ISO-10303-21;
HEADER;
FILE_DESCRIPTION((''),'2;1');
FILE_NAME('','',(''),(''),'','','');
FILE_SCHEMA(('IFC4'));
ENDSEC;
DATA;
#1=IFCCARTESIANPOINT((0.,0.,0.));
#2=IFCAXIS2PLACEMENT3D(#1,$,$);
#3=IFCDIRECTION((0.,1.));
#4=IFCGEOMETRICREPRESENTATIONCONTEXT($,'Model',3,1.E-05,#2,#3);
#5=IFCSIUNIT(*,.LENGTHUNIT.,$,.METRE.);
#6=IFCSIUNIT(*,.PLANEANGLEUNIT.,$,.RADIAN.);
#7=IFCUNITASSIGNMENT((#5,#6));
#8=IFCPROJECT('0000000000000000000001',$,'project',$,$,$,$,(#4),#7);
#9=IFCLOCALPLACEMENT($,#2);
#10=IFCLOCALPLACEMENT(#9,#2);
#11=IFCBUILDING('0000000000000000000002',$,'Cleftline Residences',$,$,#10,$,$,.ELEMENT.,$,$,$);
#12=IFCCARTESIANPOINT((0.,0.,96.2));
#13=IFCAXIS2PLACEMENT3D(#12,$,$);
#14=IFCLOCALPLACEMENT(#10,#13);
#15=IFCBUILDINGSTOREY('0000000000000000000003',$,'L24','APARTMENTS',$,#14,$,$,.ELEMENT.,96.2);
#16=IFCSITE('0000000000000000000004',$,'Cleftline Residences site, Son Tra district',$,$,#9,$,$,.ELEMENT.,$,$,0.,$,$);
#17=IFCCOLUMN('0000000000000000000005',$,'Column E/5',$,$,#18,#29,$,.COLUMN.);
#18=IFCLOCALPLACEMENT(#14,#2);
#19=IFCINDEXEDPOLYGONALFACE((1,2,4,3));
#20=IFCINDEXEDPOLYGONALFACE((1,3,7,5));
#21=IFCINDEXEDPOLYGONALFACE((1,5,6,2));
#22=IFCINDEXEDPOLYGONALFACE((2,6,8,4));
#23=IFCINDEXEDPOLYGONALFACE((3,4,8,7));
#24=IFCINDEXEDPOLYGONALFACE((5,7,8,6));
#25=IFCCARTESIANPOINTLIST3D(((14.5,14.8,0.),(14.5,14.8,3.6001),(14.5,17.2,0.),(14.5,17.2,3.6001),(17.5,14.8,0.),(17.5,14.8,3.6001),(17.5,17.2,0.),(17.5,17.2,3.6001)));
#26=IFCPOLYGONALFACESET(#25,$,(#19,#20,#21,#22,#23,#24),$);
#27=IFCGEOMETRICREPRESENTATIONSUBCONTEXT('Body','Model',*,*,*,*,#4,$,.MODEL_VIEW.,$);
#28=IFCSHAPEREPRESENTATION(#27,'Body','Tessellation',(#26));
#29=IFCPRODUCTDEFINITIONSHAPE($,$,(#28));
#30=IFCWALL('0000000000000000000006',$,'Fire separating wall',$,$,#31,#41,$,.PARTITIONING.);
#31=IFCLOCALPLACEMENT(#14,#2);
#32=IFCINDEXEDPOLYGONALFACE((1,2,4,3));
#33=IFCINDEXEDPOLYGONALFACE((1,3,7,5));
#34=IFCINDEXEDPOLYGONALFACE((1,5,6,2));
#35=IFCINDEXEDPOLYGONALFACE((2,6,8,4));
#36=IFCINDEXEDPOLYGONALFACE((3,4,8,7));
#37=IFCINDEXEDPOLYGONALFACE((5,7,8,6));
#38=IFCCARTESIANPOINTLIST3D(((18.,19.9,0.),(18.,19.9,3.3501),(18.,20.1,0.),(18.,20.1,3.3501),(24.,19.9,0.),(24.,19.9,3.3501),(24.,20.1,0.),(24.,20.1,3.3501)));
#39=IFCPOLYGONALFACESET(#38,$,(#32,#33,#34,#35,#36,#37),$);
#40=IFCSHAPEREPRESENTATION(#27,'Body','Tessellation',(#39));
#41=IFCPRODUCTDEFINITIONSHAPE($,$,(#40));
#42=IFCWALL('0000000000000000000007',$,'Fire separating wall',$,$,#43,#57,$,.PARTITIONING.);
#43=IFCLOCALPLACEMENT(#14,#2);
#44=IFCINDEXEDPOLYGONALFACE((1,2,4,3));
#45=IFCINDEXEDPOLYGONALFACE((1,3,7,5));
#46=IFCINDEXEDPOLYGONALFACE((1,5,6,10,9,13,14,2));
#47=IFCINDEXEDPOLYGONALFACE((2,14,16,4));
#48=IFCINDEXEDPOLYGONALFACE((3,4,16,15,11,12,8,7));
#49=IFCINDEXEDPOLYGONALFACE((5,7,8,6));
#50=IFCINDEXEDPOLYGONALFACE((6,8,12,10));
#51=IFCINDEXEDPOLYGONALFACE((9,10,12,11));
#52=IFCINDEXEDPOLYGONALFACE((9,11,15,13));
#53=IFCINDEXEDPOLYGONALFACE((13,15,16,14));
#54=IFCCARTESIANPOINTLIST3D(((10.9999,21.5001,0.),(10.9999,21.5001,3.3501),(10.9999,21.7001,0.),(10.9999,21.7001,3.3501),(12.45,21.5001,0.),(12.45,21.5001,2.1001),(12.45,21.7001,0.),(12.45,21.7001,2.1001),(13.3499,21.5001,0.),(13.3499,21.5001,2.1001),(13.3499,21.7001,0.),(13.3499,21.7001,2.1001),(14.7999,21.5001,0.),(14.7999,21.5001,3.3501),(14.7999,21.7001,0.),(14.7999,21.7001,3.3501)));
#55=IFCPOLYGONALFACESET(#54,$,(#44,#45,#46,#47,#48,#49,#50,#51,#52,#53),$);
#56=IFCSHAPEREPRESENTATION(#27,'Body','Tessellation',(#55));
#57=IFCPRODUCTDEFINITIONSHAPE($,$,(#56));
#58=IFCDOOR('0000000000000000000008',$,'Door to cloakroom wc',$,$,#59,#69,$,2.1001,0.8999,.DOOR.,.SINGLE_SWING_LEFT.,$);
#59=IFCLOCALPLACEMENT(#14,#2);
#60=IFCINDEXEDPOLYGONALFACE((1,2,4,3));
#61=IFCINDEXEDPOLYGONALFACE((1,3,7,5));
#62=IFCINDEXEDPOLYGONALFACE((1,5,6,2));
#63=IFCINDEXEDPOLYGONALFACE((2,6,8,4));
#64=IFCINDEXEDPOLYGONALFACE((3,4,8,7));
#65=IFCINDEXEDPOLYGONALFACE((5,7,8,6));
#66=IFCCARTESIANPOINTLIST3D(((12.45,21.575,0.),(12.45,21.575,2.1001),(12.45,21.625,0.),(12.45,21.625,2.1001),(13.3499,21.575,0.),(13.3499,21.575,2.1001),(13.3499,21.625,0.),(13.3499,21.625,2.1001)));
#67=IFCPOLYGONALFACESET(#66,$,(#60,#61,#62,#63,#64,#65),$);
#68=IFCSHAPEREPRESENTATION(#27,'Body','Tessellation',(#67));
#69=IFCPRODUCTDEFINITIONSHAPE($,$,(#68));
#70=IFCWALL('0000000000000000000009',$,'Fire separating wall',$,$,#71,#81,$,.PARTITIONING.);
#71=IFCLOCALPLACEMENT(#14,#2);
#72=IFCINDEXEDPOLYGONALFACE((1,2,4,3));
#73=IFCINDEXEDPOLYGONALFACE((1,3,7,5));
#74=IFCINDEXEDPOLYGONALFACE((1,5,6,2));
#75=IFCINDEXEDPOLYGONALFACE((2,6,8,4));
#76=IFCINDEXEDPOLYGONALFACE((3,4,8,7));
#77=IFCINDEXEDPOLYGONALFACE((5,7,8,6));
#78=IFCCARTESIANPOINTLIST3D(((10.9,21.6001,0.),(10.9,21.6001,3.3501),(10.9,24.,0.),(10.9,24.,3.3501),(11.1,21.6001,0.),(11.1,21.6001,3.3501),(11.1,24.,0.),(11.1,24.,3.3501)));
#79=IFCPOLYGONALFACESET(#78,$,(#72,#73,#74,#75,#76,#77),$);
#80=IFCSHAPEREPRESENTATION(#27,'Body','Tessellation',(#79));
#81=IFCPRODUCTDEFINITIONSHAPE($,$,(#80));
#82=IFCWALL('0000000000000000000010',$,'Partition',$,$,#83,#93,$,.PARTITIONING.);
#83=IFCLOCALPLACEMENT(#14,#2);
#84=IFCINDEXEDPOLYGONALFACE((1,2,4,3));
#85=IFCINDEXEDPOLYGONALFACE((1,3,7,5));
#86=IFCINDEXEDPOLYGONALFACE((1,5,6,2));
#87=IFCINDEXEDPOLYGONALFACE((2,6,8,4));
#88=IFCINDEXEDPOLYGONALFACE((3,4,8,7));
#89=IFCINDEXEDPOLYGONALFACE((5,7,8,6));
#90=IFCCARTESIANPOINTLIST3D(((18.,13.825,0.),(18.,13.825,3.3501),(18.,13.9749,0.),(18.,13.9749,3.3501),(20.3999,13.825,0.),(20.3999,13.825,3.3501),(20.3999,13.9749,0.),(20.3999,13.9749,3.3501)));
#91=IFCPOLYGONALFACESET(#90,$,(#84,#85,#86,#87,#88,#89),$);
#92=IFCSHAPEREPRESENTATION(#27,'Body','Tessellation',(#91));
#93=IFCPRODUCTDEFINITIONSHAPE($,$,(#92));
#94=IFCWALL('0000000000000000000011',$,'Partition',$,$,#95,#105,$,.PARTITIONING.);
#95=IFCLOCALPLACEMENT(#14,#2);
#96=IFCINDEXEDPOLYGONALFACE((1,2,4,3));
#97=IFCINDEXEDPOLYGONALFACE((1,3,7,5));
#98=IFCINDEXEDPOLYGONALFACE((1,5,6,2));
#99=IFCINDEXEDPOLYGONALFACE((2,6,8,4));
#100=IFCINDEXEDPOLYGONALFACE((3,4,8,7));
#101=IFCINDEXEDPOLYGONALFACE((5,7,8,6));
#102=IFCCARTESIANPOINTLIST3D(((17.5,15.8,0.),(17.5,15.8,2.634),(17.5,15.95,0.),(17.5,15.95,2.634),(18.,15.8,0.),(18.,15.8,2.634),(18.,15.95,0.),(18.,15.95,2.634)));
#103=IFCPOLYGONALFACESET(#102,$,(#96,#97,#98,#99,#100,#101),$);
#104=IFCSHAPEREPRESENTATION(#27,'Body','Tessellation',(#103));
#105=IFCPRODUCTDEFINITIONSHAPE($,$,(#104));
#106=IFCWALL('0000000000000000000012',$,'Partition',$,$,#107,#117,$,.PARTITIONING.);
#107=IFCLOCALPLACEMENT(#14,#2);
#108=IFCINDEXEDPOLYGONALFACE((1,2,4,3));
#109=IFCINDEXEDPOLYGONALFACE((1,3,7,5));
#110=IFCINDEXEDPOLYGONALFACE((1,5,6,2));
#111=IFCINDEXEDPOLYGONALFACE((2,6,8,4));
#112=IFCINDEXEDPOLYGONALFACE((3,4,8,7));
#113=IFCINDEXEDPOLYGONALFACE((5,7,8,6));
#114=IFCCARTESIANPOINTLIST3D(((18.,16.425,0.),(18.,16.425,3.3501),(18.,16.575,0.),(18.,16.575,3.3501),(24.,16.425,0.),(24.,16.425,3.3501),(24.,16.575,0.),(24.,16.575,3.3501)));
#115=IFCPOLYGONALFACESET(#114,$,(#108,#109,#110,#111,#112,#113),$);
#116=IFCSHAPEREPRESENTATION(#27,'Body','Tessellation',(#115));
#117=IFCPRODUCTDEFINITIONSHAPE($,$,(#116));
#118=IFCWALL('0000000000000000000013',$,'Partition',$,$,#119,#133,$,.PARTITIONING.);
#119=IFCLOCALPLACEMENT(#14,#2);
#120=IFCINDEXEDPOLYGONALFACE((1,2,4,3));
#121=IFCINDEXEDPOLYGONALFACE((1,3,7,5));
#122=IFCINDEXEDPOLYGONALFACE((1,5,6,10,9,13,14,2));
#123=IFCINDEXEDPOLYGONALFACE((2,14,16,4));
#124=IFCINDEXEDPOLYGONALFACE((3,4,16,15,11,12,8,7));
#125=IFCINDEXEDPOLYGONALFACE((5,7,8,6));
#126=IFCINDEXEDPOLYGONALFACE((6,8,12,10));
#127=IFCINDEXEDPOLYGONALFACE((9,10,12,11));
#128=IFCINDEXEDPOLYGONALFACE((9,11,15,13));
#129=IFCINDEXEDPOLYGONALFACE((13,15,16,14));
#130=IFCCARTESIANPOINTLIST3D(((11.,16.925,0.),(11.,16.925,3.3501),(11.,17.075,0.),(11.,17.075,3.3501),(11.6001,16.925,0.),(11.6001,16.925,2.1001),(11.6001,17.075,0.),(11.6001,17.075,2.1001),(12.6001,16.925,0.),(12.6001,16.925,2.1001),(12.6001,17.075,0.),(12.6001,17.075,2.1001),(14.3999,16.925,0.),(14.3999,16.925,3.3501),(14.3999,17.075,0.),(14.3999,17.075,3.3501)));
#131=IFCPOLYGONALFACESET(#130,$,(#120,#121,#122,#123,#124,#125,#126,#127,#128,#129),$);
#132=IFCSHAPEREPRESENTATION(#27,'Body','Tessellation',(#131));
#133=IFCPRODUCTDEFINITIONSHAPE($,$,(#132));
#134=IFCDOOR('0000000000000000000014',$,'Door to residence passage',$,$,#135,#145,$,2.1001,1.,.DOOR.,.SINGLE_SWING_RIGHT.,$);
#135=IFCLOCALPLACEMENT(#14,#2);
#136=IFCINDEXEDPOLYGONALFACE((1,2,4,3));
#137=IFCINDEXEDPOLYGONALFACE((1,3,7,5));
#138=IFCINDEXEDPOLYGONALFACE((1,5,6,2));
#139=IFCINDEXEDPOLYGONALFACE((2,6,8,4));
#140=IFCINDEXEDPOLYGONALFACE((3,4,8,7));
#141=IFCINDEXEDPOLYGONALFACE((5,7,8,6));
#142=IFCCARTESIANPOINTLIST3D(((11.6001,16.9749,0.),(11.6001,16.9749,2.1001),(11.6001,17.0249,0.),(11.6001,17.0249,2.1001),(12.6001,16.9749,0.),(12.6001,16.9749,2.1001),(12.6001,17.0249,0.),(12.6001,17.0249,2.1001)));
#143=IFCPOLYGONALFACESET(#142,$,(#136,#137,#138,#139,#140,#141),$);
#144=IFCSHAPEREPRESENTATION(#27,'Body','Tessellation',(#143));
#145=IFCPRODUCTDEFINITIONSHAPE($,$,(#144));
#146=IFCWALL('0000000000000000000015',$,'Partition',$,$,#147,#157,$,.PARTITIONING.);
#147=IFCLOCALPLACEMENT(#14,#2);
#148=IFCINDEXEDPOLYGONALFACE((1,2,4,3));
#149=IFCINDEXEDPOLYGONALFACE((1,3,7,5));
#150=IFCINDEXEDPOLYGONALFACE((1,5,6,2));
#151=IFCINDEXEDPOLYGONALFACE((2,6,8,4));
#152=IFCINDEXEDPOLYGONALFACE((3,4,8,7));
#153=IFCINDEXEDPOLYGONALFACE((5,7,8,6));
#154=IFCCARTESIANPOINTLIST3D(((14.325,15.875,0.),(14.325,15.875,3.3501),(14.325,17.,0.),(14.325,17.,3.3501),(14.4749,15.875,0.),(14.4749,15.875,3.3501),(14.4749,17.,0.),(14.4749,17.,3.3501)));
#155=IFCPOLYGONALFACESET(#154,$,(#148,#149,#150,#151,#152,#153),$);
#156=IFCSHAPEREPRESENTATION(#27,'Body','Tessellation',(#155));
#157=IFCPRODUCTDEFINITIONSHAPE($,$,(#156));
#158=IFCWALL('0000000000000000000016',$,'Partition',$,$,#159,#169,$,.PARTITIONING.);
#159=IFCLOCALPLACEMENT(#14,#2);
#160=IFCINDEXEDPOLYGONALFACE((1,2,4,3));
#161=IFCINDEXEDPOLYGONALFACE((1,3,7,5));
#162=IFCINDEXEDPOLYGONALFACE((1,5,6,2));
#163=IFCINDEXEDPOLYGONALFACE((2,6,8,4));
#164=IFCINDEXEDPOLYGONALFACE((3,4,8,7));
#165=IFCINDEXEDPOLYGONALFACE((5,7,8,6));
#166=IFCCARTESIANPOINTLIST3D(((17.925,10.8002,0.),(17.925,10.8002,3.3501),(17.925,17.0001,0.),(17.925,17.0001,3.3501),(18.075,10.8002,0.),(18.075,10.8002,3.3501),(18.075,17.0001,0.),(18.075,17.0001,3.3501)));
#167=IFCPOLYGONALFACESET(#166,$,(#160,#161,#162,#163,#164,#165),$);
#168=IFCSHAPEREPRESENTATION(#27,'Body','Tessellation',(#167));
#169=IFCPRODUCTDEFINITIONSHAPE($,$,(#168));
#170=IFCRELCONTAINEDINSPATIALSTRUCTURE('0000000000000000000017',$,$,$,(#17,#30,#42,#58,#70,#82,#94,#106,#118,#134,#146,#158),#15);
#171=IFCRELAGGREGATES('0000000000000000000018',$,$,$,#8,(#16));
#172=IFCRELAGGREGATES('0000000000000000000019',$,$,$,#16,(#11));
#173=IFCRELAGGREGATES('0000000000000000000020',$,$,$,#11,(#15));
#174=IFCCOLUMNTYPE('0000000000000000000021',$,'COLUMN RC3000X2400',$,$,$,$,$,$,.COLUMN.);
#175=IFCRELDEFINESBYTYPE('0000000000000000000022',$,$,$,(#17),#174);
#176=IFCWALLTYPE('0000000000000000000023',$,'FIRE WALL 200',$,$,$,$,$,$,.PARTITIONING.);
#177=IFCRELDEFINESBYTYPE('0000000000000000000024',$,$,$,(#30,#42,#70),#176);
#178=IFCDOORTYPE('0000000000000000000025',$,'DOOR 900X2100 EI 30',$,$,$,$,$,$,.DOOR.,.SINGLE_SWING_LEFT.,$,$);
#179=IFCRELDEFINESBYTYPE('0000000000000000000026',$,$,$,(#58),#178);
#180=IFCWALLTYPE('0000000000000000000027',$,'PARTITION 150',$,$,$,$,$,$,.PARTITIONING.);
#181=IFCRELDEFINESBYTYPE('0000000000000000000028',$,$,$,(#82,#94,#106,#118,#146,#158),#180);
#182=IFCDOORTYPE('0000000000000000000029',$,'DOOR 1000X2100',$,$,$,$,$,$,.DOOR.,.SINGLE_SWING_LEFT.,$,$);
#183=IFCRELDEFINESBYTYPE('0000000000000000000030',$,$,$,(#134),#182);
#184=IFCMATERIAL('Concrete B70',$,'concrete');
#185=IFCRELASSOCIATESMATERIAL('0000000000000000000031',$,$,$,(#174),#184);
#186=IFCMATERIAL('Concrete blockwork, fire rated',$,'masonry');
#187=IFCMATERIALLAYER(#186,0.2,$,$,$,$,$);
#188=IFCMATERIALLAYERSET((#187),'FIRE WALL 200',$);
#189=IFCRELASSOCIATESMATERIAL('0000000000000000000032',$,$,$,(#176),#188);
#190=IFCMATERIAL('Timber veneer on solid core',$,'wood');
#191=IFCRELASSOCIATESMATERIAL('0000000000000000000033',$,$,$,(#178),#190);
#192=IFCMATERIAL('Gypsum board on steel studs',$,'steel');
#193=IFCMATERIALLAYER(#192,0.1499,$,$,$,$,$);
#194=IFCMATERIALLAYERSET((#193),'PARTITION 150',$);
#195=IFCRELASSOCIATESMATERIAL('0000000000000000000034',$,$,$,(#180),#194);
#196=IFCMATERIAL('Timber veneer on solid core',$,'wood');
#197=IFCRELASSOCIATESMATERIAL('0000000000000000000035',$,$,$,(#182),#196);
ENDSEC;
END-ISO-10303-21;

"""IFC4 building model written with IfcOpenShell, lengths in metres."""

from ifc_helpers import new_model, si_unit, direction, frame, frame_2d, origin, origin_2d, place, context, subcontext, project, spatial, rectangle, extrude, material, layer, layer_set, material_profile, profile_set, type_object, element, fill, save


model = new_model("IFC4")

# Units and contexts
model_context = context("Model", 3, precision=1e-05, world=origin(), true_north=direction((0.0, 1.0)))
body_context = subcontext(model_context, "Body", "Model", "MODEL_VIEW")
ifc_project = project(units=[si_unit("LENGTHUNIT", "METRE"), si_unit("PLANEANGLEUNIT", "RADIAN")], contexts=[model_context])

# Site, building, storey
site_placement = place(None, origin())
site = spatial("IfcSite", under=ifc_project, at=site_placement, Name="Cleftline Residences site, Son Tra district", CompositionType="ELEMENT", RefElevation=0.0)
building_placement = place(site_placement, origin())
building = spatial("IfcBuilding", under=site, at=building_placement, Name="Cleftline Residences", CompositionType="ELEMENT")
storey_placement = place(building_placement, frame((0.0, 0.0, 96.2)))
storey = spatial("IfcBuildingStorey", under=building, at=storey_placement, Name="L24", Description="APARTMENTS", CompositionType="ELEMENT", Elevation=96.2)

# Column
ifc_material_1 = material(Name="Concrete B70", Category="concrete")
ifc_material_profile = material_profile(ifc_material_1, rectangle(XDim=3.0, YDim=2.3999, at=origin_2d()))
ifc_profile_set = profile_set([ifc_material_profile], Name="Concrete B70")
column_type = type_object("IfcColumnType", Name="COLUMN RC3000X2400", PredefinedType="COLUMN", material=ifc_profile_set)
column_placement = place(storey_placement, frame((16.0, 16.0, 0.0), z_axis=(0.0, 0.0, 1.0), x_axis=(1.0, 0.0, 0.0)))
element("IfcColumn", 1, at=column_placement, inside=storey, type_object=column_type, Name="Column E/5", PredefinedType="COLUMN", context=body_context, shape_type="SweptSolid", body=[
    extrude(rectangle(XDim=3.0, YDim=2.3999, at=origin_2d()), origin(), (0.0, 0.0, 1.0), 3.6001),
])

# Wall
ifc_material_2 = material(Name="Concrete blockwork, fire rated", Category="masonry")
ifc_layer_1 = layer(ifc_material_2, 0.2)
ifc_layer_set_1 = layer_set([ifc_layer_1], Name="FIRE WALL 200")
wall_type_1 = type_object("IfcWallType", Name="FIRE WALL 200", PredefinedType="PARTITIONING", material=ifc_layer_set_1)
wall_1_placement = place(storey_placement, frame((18.0, 20.0, 0.0), z_axis=(0.0, 0.0, 1.0), x_axis=(1.0, 0.0, 0.0)))
element("IfcWall", 2, at=wall_1_placement, inside=storey, type_object=wall_type_1, Name="Fire separating wall", PredefinedType="PARTITIONING", context=body_context, shape_type="SweptSolid", body=[
    extrude(rectangle(XDim=6.0, YDim=0.2, at=frame_2d((3.0, 0.0))), origin(), (0.0, 0.0, 1.0), 3.3501),
])

# Wall, opening, door
wall_2_placement = place(storey_placement, frame((11.0, 21.6001, 0.0), z_axis=(0.0, 0.0, 1.0), x_axis=(1.0, 0.0, 0.0)))
wall_2 = element("IfcWall", 3, at=wall_2_placement, inside=storey, type_object=wall_type_1, Name="Fire separating wall", PredefinedType="PARTITIONING", context=body_context, shape_type="SweptSolid", body=[
    extrude(rectangle(XDim=3.8, YDim=0.2, at=frame_2d((1.8999, 0.0))), origin(), (0.0, 0.0, 1.0), 3.3501),
])
opening_1_placement = place(wall_2_placement, frame((1.45, 0.0, 0.0)))
opening_1 = element("IfcOpeningElement", 4, at=opening_1_placement, cuts=wall_2, PredefinedType="OPENING", context=body_context, shape_type="SweptSolid", body=[
    extrude(rectangle(XDim=0.8999, YDim=2.1001, at=frame_2d((0.45, 1.05))), frame((0.0, 0.1099, 0.0), z_axis=(0.0, -1.0, 0.0), x_axis=(1.0, 0.0, 0.0)), (0.0, 0.0, 1.0), 0.22),
])
ifc_material_3 = material(Name="Timber veneer on solid core", Category="wood")
door_type_1 = type_object("IfcDoorType", Name="DOOR 900X2100 EI 30", OperationType="SINGLE_SWING_LEFT", PredefinedType="DOOR", material=ifc_material_3)
door_1_placement = place(opening_1_placement, origin())
door_1 = element("IfcDoor", 5, at=door_1_placement, inside=storey, type_object=door_type_1, Name="Door to cloakroom wc", OperationType="SINGLE_SWING_LEFT", OverallHeight=2.1001, OverallWidth=0.8999, PredefinedType="DOOR", context=body_context, shape_type="SweptSolid", body=[
    extrude(rectangle(XDim=0.8999, YDim=2.1001, at=frame_2d((0.45, 1.05))), frame((0.0, 0.0249, 0.0), z_axis=(0.0, -1.0, 0.0), x_axis=(1.0, 0.0, 0.0)), (0.0, 0.0, 1.0), 0.05),
])
fill(opening_1, door_1)

# Wall
wall_3_placement = place(storey_placement, frame((11.0, 21.6001, 0.0), z_axis=(0.0, 0.0, 1.0), x_axis=(0.0, 1.0, 0.0)))
element("IfcWall", 6, at=wall_3_placement, inside=storey, type_object=wall_type_1, Name="Fire separating wall", PredefinedType="PARTITIONING", context=body_context, shape_type="SweptSolid", body=[
    extrude(rectangle(XDim=2.3999, YDim=0.2, at=frame_2d((1.2, 0.0))), origin(), (0.0, 0.0, 1.0), 3.3501),
])

# Walls
ifc_material_4 = material(Name="Gypsum board on steel studs", Category="steel")
ifc_layer_2 = layer(ifc_material_4, 0.1499)
ifc_layer_set_2 = layer_set([ifc_layer_2], Name="PARTITION 150")
wall_type_2 = type_object("IfcWallType", Name="PARTITION 150", PredefinedType="PARTITIONING", material=ifc_layer_set_2)
wall_4_placement = place(storey_placement, frame((18.0, 13.8999, 0.0), z_axis=(0.0, 0.0, 1.0), x_axis=(1.0, 0.0, 0.0)))
element("IfcWall", 7, at=wall_4_placement, inside=storey, type_object=wall_type_2, Name="Partition", PredefinedType="PARTITIONING", context=body_context, shape_type="SweptSolid", body=[
    extrude(rectangle(XDim=2.3999, YDim=0.1499, at=frame_2d((1.2, 0.0))), origin(), (0.0, 0.0, 1.0), 3.3501),
])
wall_5_placement = place(storey_placement, frame((17.5, 15.875, 0.0), z_axis=(0.0, 0.0, 1.0), x_axis=(1.0, 0.0, 0.0)))
element("IfcWall", 8, at=wall_5_placement, inside=storey, type_object=wall_type_2, Name="Partition", PredefinedType="PARTITIONING", context=body_context, shape_type="SweptSolid", body=[
    extrude(rectangle(XDim=0.5, YDim=0.1499, at=frame_2d((0.25, 0.0))), origin(), (0.0, 0.0, 1.0), 2.634),
])
wall_6_placement = place(storey_placement, frame((18.0, 16.5, 0.0), z_axis=(0.0, 0.0, 1.0), x_axis=(1.0, 0.0, 0.0)))
element("IfcWall", 9, at=wall_6_placement, inside=storey, type_object=wall_type_2, Name="Partition", PredefinedType="PARTITIONING", context=body_context, shape_type="SweptSolid", body=[
    extrude(rectangle(XDim=6.0, YDim=0.1499, at=frame_2d((3.0, 0.0))), origin(), (0.0, 0.0, 1.0), 3.3501),
])

# Wall, opening, door
wall_7_placement = place(storey_placement, frame((11.0, 17.0, 0.0), z_axis=(0.0, 0.0, 1.0), x_axis=(1.0, 0.0, 0.0)))
wall_7 = element("IfcWall", 10, at=wall_7_placement, inside=storey, type_object=wall_type_2, Name="Partition", PredefinedType="PARTITIONING", context=body_context, shape_type="SweptSolid", body=[
    extrude(rectangle(XDim=3.3999, YDim=0.1499, at=frame_2d((1.7, 0.0))), origin(), (0.0, 0.0, 1.0), 3.3501),
])
opening_2_placement = place(wall_7_placement, frame((0.6001, 0.0, 0.0)))
opening_2 = element("IfcOpeningElement", 11, at=opening_2_placement, cuts=wall_7, PredefinedType="OPENING", context=body_context, shape_type="SweptSolid", body=[
    extrude(rectangle(XDim=1.0, YDim=2.1001, at=frame_2d((0.5, 1.05))), frame((0.0, 0.085, 0.0), z_axis=(0.0, -1.0, 0.0), x_axis=(1.0, 0.0, 0.0)), (0.0, 0.0, 1.0), 0.1699),
])
ifc_material_5 = material(Name="Timber veneer on solid core", Category="wood")
door_type_2 = type_object("IfcDoorType", Name="DOOR 1000X2100", OperationType="SINGLE_SWING_LEFT", PredefinedType="DOOR", material=ifc_material_5)
door_2_placement = place(opening_2_placement, origin())
door_2 = element("IfcDoor", 12, at=door_2_placement, inside=storey, type_object=door_type_2, Name="Door to residence passage", OperationType="SINGLE_SWING_RIGHT", OverallHeight=2.1001, OverallWidth=1.0, PredefinedType="DOOR", context=body_context, shape_type="SweptSolid", body=[
    extrude(rectangle(XDim=1.0, YDim=2.1001, at=frame_2d((0.5, 1.05))), frame((0.0, 0.0249, 0.0), z_axis=(0.0, -1.0, 0.0), x_axis=(1.0, 0.0, 0.0)), (0.0, 0.0, 1.0), 0.05),
])
fill(opening_2, door_2)

# Walls
wall_8_placement = place(storey_placement, frame((14.3999, 15.875, 0.0), z_axis=(0.0, 0.0, 1.0), x_axis=(0.0, 1.0, 0.0)))
element("IfcWall", 13, at=wall_8_placement, inside=storey, type_object=wall_type_2, Name="Partition", PredefinedType="PARTITIONING", context=body_context, shape_type="SweptSolid", body=[
    extrude(rectangle(XDim=1.125, YDim=0.1499, at=frame_2d((0.5625, 0.0))), origin(), (0.0, 0.0, 1.0), 3.3501),
])
wall_9_placement = place(storey_placement, frame((18.0, 10.8, 0.0), z_axis=(0.0, 0.0, 1.0), x_axis=(0.0, 1.0, 0.0)))
element("IfcWall", 14, at=wall_9_placement, inside=storey, type_object=wall_type_2, Name="Partition", PredefinedType="PARTITIONING", context=body_context, shape_type="SweptSolid", body=[
    extrude(rectangle(XDim=6.2, YDim=0.1499, at=frame_2d((3.1001, 0.0))), origin(), (0.0, 0.0, 1.0), 3.3501),
])

save(model, "model.ifc")
